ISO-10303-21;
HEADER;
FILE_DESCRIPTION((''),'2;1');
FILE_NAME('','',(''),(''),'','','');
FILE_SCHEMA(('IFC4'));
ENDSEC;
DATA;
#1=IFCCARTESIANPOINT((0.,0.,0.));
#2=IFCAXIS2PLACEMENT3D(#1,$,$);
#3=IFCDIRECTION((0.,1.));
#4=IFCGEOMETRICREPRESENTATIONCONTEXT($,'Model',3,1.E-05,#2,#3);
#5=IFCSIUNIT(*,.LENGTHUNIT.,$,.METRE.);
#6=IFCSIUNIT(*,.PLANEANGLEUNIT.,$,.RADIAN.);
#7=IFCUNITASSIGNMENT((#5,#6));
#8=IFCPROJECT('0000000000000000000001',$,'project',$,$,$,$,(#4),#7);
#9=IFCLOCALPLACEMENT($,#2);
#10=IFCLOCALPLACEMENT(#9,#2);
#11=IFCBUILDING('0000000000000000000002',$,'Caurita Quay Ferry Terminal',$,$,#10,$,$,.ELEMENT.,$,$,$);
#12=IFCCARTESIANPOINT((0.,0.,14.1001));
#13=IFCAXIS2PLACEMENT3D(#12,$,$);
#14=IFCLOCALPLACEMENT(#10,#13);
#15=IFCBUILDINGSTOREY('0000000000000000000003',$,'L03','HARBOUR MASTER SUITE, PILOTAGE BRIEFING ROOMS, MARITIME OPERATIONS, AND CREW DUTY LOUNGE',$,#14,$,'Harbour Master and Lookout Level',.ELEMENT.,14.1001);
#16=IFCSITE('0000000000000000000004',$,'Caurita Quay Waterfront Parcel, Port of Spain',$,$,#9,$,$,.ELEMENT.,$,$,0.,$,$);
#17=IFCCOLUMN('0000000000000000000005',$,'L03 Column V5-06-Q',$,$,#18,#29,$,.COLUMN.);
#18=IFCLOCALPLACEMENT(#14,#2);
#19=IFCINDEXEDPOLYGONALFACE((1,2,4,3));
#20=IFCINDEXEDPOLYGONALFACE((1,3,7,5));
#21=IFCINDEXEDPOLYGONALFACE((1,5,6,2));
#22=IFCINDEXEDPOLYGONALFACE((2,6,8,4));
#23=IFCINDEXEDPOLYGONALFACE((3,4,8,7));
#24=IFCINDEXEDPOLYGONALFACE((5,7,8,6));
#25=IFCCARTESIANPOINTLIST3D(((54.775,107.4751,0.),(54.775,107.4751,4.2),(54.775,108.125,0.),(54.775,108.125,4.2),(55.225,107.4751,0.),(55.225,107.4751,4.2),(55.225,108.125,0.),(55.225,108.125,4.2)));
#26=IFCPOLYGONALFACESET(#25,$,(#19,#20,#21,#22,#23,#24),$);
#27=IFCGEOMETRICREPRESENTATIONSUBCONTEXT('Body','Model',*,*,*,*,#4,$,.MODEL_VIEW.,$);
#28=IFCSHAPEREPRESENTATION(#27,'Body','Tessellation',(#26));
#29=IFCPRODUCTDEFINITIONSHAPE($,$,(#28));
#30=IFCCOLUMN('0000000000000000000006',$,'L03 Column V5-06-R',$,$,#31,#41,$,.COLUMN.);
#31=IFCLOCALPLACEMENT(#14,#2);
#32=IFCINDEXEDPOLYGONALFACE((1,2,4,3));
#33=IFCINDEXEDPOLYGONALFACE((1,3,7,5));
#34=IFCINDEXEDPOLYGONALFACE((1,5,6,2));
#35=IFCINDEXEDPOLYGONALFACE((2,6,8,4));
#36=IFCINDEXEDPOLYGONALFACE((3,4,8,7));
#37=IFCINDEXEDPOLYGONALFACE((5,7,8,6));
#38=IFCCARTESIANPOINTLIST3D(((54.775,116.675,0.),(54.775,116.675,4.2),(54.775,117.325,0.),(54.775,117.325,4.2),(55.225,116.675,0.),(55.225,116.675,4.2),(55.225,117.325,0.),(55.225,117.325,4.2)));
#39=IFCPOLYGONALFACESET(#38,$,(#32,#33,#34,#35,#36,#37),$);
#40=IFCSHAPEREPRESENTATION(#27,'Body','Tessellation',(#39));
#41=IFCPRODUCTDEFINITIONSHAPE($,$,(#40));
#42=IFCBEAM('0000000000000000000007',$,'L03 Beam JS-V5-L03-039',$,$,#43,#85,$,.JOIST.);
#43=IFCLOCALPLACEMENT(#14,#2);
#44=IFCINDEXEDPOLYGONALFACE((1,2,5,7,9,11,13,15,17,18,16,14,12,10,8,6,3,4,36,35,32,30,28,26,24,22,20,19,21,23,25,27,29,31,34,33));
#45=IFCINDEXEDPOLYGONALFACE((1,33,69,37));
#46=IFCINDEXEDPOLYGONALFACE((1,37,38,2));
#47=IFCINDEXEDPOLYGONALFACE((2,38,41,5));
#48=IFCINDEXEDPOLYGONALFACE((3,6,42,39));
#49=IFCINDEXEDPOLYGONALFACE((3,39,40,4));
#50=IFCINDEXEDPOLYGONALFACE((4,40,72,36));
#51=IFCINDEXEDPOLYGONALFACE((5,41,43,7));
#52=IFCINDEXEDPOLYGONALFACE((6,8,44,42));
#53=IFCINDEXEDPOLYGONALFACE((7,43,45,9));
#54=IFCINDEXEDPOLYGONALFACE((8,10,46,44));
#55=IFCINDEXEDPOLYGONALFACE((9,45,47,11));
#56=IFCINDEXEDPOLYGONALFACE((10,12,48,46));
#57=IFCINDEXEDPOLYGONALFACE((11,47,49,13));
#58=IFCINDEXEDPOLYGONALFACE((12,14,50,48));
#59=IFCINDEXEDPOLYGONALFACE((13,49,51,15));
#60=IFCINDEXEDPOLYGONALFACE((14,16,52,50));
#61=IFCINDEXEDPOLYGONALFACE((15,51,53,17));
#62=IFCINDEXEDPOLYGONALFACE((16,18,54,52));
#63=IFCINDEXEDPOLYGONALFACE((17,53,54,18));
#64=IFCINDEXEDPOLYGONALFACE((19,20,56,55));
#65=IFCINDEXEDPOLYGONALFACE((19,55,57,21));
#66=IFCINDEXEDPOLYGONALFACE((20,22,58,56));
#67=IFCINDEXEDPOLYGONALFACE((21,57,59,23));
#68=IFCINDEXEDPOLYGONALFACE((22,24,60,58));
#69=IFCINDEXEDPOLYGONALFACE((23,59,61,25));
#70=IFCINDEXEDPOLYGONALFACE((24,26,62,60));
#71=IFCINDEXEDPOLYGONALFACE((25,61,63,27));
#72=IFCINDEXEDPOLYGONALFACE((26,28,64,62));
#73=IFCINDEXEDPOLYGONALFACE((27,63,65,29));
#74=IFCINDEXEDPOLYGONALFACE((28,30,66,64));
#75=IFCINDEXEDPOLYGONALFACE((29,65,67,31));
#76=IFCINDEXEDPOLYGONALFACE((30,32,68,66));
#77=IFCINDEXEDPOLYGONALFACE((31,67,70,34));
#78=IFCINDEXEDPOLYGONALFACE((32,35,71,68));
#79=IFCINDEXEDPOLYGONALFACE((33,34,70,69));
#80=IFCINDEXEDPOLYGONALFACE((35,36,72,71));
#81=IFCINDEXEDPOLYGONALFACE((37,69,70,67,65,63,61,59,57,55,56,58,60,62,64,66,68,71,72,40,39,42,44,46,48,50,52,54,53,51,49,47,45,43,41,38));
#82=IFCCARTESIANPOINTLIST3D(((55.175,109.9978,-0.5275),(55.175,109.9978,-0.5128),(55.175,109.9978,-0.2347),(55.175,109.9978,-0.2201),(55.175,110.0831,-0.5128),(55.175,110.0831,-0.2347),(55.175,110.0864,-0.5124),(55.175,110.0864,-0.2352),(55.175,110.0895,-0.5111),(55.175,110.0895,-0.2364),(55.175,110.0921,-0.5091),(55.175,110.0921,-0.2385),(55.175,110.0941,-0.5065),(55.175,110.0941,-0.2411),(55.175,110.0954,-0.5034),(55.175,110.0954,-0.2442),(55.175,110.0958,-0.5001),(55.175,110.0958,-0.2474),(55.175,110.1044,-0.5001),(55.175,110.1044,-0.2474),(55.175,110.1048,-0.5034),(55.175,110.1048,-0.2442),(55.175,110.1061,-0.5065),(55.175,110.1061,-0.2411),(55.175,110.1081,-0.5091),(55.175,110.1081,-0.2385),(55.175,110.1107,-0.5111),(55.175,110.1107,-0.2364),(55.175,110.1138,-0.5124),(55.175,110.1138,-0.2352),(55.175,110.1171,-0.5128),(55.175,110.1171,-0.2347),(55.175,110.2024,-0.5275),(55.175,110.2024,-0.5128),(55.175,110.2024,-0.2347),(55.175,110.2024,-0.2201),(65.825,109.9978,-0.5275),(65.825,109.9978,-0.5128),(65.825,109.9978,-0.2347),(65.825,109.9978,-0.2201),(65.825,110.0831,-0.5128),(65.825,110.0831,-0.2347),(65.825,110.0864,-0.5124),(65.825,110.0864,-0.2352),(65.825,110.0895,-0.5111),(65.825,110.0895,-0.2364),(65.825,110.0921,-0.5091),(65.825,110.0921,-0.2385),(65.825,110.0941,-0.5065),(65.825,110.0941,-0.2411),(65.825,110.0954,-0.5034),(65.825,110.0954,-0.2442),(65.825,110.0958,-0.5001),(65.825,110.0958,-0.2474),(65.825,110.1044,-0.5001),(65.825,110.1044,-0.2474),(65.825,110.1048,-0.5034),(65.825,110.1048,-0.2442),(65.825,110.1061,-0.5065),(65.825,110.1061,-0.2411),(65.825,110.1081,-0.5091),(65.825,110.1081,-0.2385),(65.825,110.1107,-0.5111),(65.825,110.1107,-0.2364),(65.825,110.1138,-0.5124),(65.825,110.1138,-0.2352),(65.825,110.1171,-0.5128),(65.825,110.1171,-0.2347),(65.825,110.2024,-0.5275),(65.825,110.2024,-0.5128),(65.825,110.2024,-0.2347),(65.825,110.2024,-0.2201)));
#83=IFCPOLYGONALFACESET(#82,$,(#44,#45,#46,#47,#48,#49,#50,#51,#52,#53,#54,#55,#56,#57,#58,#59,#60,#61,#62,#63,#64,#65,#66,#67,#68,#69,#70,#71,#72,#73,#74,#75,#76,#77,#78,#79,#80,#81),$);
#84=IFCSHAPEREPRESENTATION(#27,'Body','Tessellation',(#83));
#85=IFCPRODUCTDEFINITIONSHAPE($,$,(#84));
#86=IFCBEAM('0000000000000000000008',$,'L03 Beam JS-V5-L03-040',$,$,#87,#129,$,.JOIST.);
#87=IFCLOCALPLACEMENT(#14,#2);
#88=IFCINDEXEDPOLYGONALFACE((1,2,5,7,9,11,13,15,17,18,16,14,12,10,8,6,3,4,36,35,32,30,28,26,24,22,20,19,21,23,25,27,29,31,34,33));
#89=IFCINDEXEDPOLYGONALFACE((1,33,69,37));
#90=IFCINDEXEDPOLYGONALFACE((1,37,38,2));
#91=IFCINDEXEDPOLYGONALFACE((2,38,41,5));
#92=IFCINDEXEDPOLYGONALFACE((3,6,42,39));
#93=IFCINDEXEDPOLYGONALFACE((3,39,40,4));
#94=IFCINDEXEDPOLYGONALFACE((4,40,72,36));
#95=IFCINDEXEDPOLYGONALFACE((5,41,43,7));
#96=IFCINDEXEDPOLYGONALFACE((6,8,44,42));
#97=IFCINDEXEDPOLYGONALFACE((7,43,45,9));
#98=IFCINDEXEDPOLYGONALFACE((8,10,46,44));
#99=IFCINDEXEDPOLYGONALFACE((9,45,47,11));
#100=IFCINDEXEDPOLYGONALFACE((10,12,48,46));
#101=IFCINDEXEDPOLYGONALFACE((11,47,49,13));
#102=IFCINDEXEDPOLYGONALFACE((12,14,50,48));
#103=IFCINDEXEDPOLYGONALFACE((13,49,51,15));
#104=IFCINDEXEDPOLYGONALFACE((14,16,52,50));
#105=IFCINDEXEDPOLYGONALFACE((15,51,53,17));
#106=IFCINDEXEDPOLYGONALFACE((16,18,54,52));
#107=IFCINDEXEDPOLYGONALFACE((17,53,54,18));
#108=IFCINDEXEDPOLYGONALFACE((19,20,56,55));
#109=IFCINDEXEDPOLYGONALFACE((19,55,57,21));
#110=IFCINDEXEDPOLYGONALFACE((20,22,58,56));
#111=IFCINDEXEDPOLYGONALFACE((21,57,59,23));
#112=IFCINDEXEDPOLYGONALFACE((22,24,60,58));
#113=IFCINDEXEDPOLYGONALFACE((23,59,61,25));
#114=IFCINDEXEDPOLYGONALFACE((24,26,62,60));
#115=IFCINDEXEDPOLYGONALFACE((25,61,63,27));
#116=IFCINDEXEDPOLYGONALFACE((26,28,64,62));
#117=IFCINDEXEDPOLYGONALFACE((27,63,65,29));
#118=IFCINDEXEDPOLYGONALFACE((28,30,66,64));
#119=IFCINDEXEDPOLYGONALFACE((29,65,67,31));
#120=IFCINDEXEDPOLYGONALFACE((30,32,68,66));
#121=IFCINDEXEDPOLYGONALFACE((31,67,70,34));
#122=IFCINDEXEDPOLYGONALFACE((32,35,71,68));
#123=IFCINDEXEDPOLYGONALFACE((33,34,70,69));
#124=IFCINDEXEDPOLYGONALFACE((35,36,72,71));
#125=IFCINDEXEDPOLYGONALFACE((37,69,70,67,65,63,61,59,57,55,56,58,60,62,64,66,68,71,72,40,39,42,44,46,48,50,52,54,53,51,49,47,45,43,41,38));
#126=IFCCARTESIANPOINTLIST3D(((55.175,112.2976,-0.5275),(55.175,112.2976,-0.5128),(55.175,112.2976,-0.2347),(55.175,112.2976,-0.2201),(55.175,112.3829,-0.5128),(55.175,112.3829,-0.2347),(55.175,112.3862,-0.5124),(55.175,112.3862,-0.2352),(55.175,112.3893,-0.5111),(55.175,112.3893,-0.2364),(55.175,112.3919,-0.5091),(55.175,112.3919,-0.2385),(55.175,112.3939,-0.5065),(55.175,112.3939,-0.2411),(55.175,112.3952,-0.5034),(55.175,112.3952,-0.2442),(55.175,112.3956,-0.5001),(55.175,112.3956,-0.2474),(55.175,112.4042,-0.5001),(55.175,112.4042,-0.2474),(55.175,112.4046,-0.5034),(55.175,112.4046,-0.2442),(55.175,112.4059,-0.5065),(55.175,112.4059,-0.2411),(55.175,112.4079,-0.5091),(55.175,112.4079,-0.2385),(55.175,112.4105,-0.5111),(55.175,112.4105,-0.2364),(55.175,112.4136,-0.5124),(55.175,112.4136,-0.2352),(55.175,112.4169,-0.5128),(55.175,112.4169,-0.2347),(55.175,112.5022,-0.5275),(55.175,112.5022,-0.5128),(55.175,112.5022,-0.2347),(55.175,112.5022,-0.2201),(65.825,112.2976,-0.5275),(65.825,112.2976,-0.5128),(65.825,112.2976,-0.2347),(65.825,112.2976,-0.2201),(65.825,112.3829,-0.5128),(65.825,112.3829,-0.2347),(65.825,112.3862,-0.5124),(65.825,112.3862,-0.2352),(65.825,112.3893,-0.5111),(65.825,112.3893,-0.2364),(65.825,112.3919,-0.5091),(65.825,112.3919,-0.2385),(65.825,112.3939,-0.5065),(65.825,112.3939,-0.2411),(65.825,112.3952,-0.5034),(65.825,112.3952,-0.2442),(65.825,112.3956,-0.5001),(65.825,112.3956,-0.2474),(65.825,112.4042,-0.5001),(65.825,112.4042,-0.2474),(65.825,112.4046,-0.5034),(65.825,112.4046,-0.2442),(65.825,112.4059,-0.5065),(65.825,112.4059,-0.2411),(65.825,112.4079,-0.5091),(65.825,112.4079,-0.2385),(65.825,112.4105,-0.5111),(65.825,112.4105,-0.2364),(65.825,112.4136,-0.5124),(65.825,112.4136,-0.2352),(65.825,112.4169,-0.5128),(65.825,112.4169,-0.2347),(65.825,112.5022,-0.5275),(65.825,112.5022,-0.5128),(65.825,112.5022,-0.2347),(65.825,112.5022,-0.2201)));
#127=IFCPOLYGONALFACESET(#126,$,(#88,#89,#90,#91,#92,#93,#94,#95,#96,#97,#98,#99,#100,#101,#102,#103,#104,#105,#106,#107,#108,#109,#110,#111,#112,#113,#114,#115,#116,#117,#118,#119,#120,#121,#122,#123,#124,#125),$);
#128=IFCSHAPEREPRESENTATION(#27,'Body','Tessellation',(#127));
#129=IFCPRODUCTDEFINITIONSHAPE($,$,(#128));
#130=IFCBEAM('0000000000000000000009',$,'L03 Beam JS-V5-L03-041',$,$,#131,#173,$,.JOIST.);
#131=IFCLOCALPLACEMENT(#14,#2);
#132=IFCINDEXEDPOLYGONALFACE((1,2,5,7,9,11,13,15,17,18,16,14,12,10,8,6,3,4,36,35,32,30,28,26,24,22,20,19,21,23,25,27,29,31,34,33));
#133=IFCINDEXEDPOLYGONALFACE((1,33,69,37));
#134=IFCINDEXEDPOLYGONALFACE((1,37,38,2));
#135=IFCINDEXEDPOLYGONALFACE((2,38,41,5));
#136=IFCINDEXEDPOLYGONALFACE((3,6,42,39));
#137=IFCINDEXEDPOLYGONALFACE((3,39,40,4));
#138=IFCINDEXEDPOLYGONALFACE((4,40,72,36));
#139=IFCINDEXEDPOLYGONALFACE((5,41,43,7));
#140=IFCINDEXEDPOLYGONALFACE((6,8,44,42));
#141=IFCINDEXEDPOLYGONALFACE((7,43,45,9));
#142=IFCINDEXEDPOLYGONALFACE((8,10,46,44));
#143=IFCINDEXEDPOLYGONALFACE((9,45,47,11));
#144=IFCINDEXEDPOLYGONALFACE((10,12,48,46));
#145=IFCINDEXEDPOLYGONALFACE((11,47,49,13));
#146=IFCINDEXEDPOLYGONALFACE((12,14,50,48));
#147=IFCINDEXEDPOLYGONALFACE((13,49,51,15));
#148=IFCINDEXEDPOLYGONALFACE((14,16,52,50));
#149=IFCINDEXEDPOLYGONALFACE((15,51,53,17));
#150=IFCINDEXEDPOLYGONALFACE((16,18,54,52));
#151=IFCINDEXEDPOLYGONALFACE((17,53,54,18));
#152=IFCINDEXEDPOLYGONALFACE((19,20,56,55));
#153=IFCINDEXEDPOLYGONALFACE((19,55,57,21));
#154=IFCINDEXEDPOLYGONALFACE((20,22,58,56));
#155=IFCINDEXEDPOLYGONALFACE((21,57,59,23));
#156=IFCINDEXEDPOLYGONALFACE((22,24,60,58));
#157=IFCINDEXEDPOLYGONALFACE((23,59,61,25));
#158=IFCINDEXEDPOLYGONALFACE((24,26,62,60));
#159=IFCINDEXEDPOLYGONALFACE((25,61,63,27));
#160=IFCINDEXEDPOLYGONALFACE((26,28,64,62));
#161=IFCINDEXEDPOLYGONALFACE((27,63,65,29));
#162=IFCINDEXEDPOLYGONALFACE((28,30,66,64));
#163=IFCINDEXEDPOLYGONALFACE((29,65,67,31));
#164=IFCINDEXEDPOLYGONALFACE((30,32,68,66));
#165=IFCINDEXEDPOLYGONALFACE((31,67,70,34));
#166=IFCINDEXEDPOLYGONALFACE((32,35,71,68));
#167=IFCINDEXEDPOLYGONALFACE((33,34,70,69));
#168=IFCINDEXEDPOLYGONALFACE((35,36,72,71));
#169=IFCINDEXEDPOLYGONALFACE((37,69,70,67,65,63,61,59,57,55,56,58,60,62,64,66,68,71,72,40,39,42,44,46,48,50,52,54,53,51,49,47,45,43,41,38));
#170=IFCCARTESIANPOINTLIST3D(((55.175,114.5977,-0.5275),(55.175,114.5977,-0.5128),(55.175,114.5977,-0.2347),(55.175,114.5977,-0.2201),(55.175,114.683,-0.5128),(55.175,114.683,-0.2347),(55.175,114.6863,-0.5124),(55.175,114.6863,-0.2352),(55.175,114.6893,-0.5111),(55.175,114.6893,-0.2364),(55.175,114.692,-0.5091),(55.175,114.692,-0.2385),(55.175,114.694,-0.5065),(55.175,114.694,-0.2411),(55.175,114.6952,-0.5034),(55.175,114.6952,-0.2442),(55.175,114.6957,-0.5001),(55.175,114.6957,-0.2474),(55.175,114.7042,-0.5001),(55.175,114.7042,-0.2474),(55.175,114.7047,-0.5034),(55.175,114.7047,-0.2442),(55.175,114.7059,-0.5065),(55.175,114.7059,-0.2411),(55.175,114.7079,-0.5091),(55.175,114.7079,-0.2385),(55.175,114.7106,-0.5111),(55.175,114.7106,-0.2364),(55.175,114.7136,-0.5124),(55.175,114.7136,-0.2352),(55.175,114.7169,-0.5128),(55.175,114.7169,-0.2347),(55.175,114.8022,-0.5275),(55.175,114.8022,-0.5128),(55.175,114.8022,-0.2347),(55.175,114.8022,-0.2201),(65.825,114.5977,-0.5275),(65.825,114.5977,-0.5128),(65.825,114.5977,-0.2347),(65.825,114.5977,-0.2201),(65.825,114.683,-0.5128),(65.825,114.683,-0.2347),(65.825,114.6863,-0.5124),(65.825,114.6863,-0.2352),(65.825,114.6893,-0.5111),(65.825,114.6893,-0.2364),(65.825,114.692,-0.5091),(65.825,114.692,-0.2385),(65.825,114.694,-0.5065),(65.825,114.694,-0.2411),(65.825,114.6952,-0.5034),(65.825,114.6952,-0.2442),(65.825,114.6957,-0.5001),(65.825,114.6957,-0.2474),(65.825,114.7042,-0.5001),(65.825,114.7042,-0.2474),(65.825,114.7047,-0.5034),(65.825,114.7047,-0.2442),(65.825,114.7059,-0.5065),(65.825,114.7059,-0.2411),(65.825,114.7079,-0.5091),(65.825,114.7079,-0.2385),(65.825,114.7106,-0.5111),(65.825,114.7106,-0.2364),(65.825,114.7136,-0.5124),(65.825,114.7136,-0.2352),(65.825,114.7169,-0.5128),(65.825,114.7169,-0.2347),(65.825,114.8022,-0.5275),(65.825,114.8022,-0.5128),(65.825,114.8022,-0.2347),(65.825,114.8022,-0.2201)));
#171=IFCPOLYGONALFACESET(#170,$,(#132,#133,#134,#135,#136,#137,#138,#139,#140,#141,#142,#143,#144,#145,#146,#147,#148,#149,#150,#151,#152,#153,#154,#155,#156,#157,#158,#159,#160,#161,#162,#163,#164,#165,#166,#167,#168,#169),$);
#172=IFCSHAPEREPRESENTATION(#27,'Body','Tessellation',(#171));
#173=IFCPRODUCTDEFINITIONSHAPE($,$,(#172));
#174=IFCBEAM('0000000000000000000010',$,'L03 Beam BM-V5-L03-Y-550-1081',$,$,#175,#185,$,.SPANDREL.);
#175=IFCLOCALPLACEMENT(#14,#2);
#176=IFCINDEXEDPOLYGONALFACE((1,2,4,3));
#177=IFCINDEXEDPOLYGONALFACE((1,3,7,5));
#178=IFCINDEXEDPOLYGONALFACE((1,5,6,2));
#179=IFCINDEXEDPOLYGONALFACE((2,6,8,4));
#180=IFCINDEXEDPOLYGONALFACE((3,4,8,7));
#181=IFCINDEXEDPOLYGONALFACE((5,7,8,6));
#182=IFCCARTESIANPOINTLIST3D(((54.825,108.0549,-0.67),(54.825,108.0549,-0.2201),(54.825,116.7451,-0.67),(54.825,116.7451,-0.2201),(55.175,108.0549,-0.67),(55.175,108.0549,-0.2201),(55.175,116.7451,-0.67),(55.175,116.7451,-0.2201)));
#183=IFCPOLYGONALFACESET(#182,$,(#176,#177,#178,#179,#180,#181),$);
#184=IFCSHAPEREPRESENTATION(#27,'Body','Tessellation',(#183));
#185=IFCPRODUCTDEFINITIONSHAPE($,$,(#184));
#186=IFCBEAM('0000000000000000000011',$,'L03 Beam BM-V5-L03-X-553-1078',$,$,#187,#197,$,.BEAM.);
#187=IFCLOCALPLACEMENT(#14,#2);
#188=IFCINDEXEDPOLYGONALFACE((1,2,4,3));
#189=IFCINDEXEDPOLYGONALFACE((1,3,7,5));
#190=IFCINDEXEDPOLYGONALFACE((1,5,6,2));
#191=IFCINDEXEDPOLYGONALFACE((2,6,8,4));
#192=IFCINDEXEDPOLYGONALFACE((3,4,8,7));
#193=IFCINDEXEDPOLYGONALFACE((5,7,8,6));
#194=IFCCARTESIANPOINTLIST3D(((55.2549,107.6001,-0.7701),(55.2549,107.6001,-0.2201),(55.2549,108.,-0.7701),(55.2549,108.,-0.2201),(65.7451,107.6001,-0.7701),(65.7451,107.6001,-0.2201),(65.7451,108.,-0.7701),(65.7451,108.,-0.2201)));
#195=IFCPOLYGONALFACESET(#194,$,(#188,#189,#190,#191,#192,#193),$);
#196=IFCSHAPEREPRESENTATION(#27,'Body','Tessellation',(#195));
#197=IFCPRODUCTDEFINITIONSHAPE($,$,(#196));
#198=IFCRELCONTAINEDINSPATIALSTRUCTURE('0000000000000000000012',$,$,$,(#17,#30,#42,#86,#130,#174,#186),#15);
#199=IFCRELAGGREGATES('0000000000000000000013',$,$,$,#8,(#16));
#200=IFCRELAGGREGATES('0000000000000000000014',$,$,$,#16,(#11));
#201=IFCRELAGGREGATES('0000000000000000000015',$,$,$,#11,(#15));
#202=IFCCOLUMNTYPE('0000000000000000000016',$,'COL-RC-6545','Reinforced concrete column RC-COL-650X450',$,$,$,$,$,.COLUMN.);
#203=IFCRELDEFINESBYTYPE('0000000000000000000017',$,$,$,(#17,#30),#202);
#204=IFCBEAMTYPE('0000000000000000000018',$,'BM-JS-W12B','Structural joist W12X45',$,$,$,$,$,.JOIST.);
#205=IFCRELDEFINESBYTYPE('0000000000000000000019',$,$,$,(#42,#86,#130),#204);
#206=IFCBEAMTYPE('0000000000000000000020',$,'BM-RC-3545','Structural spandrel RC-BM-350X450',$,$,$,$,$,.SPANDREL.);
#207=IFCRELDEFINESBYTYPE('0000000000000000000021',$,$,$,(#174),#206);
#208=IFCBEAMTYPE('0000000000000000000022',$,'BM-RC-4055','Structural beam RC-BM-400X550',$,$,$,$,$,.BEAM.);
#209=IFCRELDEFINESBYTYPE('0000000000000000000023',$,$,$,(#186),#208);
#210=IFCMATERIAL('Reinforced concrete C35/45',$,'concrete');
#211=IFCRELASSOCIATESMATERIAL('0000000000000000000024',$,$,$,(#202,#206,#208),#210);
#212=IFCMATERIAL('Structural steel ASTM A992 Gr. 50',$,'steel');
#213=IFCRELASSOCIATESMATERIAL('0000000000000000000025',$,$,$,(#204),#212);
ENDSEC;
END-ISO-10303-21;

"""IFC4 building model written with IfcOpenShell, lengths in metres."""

from ifc_helpers import new_model, si_unit, direction, frame, origin, origin_2d, place, context, subcontext, project, spatial, rectangle, i_section, extrude, material, material_profile, profile_set, type_object, element, save


model = new_model("IFC4")

# Units and contexts
model_context = context("Model", 3, precision=1e-05, world=origin(), true_north=direction((0.0, 1.0)))
body_context = subcontext(model_context, "Body", "Model", "MODEL_VIEW")
ifc_project = project(units=[si_unit("LENGTHUNIT", "METRE"), si_unit("PLANEANGLEUNIT", "RADIAN")], contexts=[model_context])

# Site, building, storey
site_placement = place(None, origin())
site = spatial("IfcSite", under=ifc_project, at=site_placement, Name="Caurita Quay Waterfront Parcel, Port of Spain", CompositionType="ELEMENT", RefElevation=0.0)
building_placement = place(site_placement, origin())
building = spatial("IfcBuilding", under=site, at=building_placement, Name="Caurita Quay Ferry Terminal", CompositionType="ELEMENT")
storey_placement = place(building_placement, frame((0.0, 0.0, 14.1001)))
storey = spatial("IfcBuildingStorey", under=building, at=storey_placement, Name="L03", Description="HARBOUR MASTER SUITE, PILOTAGE BRIEFING ROOMS, MARITIME OPERATIONS, AND CREW DUTY LOUNGE", LongName="Harbour Master and Lookout Level", CompositionType="ELEMENT", Elevation=14.1001)

# Columns
ifc_material_1 = material(Name="Reinforced concrete C35/45", Category="concrete")
ifc_material_profile_1 = material_profile(ifc_material_1, rectangle(XDim=0.45, YDim=0.6499, at=origin_2d()), Name="RC-COL-650X450")
ifc_profile_set_1 = profile_set([ifc_material_profile_1], Name="Reinforced concrete C35/45")
column_type = type_object("IfcColumnType", Name="COL-RC-6545", Description="Reinforced concrete column RC-COL-650X450", PredefinedType="COLUMN", material=ifc_profile_set_1)
for number, where, z_axis, x_axis, name in (
    (1, (55.0, 107.8, 0.0), (0.0, 0.0, 1.0), (1.0, 0.0, 0.0), "L03 Column V5-06-Q"),
    (2, (55.0, 117.0, 0.0), (0.0, 0.0, 1.0), (1.0, 0.0, 0.0), "L03 Column V5-06-R"),
):
    element("IfcColumn", number, at=place(storey_placement, frame(where, z_axis=z_axis, x_axis=x_axis)), inside=storey, type_object=column_type, Name=name, PredefinedType="COLUMN", context=body_context, shape_type="SweptSolid", body=[
        extrude(rectangle(XDim=0.45, YDim=0.6499, at=origin_2d()), origin(), (0.0, 0.0, 1.0), 4.2),
    ])

# Beams
ifc_material_2 = material(Name="Structural steel ASTM A992 Gr. 50", Category="steel")
ifc_material_profile_2 = material_profile(ifc_material_2, i_section(OverallWidth=0.2046, OverallDepth=0.3074, WebThickness=0.0085, FlangeThickness=0.0146, FilletRadius=0.0127, at=origin_2d()), Name="W12X45")
ifc_profile_set_2 = profile_set([ifc_material_profile_2], Name="Structural steel ASTM A992 Gr. 50")
beam_type_1 = type_object("IfcBeamType", Name="BM-JS-W12B", Description="Structural joist W12X45", PredefinedType="JOIST", material=ifc_profile_set_2)
for number, where, z_axis, x_axis, name in (
    (3, (55.175, 110.1001, -0.3738), (1.0, 0.0, 0.0), (0.0, 1.0, 0.0), "L03 Beam JS-V5-L03-039"),
    (4, (55.175, 112.3999, -0.3738), (1.0, 0.0, 0.0), (0.0, 1.0, 0.0), "L03 Beam JS-V5-L03-040"),
    (5, (55.175, 114.7, -0.3738), (1.0, 0.0, 0.0), (0.0, 1.0, 0.0), "L03 Beam JS-V5-L03-041"),
):
    element("IfcBeam", number, at=place(storey_placement, frame(where, z_axis=z_axis, x_axis=x_axis)), inside=storey, type_object=beam_type_1, Name=name, PredefinedType="JOIST", context=body_context, shape_type="SweptSolid", body=[
        extrude(i_section(OverallWidth=0.2046, OverallDepth=0.3074, WebThickness=0.0085, FlangeThickness=0.0146, FilletRadius=0.0127, at=origin_2d()), origin(), (0.0, 0.0, 1.0), 10.6499),
    ])
ifc_material_profile_3 = material_profile(ifc_material_1, rectangle(XDim=0.3501, YDim=0.45, at=origin_2d()), Name="RC-BM-350X450")
ifc_profile_set_3 = profile_set([ifc_material_profile_3], Name="Reinforced concrete C35/45")
beam_type_2 = type_object("IfcBeamType", Name="BM-RC-3545", Description="Structural spandrel RC-BM-350X450", PredefinedType="SPANDREL", material=ifc_profile_set_3)
beam_placement = place(storey_placement, frame((55.0, 108.0549, -0.4451), z_axis=(0.0, 1.0, 0.0), x_axis=(-1.0, 0.0, 0.0)))
element("IfcBeam", 6, at=beam_placement, inside=storey, type_object=beam_type_2, Name="L03 Beam BM-V5-L03-Y-550-1081", PredefinedType="SPANDREL", context=body_context, shape_type="SweptSolid", body=[
    extrude(rectangle(XDim=0.3501, YDim=0.45, at=origin_2d()), origin(), (0.0, 0.0, 1.0), 8.6902),
])
ifc_material_profile_4 = material_profile(ifc_material_1, rectangle(XDim=0.3999, YDim=0.55, at=origin_2d()), Name="RC-BM-400X550")
ifc_profile_set_4 = profile_set([ifc_material_profile_4], Name="Reinforced concrete C35/45")
beam_type_3 = type_object("IfcBeamType", Name="BM-RC-4055", Description="Structural beam RC-BM-400X550", PredefinedType="BEAM", material=ifc_profile_set_4)
for number, where, z_axis, x_axis, name in (
    (7, (55.2549, 107.8, -0.4951), (1.0, 0.0, 0.0), (0.0, 1.0, 0.0), "L03 Beam BM-V5-L03-X-553-1078"),
):
    element("IfcBeam", number, at=place(storey_placement, frame(where, z_axis=z_axis, x_axis=x_axis)), inside=storey, type_object=beam_type_3, Name=name, PredefinedType="BEAM", context=body_context, shape_type="SweptSolid", body=[
        extrude(rectangle(XDim=0.3999, YDim=0.55, at=origin_2d()), origin(), (0.0, 0.0, 1.0), 10.4902),
    ])

save(model, "model.ifc")
